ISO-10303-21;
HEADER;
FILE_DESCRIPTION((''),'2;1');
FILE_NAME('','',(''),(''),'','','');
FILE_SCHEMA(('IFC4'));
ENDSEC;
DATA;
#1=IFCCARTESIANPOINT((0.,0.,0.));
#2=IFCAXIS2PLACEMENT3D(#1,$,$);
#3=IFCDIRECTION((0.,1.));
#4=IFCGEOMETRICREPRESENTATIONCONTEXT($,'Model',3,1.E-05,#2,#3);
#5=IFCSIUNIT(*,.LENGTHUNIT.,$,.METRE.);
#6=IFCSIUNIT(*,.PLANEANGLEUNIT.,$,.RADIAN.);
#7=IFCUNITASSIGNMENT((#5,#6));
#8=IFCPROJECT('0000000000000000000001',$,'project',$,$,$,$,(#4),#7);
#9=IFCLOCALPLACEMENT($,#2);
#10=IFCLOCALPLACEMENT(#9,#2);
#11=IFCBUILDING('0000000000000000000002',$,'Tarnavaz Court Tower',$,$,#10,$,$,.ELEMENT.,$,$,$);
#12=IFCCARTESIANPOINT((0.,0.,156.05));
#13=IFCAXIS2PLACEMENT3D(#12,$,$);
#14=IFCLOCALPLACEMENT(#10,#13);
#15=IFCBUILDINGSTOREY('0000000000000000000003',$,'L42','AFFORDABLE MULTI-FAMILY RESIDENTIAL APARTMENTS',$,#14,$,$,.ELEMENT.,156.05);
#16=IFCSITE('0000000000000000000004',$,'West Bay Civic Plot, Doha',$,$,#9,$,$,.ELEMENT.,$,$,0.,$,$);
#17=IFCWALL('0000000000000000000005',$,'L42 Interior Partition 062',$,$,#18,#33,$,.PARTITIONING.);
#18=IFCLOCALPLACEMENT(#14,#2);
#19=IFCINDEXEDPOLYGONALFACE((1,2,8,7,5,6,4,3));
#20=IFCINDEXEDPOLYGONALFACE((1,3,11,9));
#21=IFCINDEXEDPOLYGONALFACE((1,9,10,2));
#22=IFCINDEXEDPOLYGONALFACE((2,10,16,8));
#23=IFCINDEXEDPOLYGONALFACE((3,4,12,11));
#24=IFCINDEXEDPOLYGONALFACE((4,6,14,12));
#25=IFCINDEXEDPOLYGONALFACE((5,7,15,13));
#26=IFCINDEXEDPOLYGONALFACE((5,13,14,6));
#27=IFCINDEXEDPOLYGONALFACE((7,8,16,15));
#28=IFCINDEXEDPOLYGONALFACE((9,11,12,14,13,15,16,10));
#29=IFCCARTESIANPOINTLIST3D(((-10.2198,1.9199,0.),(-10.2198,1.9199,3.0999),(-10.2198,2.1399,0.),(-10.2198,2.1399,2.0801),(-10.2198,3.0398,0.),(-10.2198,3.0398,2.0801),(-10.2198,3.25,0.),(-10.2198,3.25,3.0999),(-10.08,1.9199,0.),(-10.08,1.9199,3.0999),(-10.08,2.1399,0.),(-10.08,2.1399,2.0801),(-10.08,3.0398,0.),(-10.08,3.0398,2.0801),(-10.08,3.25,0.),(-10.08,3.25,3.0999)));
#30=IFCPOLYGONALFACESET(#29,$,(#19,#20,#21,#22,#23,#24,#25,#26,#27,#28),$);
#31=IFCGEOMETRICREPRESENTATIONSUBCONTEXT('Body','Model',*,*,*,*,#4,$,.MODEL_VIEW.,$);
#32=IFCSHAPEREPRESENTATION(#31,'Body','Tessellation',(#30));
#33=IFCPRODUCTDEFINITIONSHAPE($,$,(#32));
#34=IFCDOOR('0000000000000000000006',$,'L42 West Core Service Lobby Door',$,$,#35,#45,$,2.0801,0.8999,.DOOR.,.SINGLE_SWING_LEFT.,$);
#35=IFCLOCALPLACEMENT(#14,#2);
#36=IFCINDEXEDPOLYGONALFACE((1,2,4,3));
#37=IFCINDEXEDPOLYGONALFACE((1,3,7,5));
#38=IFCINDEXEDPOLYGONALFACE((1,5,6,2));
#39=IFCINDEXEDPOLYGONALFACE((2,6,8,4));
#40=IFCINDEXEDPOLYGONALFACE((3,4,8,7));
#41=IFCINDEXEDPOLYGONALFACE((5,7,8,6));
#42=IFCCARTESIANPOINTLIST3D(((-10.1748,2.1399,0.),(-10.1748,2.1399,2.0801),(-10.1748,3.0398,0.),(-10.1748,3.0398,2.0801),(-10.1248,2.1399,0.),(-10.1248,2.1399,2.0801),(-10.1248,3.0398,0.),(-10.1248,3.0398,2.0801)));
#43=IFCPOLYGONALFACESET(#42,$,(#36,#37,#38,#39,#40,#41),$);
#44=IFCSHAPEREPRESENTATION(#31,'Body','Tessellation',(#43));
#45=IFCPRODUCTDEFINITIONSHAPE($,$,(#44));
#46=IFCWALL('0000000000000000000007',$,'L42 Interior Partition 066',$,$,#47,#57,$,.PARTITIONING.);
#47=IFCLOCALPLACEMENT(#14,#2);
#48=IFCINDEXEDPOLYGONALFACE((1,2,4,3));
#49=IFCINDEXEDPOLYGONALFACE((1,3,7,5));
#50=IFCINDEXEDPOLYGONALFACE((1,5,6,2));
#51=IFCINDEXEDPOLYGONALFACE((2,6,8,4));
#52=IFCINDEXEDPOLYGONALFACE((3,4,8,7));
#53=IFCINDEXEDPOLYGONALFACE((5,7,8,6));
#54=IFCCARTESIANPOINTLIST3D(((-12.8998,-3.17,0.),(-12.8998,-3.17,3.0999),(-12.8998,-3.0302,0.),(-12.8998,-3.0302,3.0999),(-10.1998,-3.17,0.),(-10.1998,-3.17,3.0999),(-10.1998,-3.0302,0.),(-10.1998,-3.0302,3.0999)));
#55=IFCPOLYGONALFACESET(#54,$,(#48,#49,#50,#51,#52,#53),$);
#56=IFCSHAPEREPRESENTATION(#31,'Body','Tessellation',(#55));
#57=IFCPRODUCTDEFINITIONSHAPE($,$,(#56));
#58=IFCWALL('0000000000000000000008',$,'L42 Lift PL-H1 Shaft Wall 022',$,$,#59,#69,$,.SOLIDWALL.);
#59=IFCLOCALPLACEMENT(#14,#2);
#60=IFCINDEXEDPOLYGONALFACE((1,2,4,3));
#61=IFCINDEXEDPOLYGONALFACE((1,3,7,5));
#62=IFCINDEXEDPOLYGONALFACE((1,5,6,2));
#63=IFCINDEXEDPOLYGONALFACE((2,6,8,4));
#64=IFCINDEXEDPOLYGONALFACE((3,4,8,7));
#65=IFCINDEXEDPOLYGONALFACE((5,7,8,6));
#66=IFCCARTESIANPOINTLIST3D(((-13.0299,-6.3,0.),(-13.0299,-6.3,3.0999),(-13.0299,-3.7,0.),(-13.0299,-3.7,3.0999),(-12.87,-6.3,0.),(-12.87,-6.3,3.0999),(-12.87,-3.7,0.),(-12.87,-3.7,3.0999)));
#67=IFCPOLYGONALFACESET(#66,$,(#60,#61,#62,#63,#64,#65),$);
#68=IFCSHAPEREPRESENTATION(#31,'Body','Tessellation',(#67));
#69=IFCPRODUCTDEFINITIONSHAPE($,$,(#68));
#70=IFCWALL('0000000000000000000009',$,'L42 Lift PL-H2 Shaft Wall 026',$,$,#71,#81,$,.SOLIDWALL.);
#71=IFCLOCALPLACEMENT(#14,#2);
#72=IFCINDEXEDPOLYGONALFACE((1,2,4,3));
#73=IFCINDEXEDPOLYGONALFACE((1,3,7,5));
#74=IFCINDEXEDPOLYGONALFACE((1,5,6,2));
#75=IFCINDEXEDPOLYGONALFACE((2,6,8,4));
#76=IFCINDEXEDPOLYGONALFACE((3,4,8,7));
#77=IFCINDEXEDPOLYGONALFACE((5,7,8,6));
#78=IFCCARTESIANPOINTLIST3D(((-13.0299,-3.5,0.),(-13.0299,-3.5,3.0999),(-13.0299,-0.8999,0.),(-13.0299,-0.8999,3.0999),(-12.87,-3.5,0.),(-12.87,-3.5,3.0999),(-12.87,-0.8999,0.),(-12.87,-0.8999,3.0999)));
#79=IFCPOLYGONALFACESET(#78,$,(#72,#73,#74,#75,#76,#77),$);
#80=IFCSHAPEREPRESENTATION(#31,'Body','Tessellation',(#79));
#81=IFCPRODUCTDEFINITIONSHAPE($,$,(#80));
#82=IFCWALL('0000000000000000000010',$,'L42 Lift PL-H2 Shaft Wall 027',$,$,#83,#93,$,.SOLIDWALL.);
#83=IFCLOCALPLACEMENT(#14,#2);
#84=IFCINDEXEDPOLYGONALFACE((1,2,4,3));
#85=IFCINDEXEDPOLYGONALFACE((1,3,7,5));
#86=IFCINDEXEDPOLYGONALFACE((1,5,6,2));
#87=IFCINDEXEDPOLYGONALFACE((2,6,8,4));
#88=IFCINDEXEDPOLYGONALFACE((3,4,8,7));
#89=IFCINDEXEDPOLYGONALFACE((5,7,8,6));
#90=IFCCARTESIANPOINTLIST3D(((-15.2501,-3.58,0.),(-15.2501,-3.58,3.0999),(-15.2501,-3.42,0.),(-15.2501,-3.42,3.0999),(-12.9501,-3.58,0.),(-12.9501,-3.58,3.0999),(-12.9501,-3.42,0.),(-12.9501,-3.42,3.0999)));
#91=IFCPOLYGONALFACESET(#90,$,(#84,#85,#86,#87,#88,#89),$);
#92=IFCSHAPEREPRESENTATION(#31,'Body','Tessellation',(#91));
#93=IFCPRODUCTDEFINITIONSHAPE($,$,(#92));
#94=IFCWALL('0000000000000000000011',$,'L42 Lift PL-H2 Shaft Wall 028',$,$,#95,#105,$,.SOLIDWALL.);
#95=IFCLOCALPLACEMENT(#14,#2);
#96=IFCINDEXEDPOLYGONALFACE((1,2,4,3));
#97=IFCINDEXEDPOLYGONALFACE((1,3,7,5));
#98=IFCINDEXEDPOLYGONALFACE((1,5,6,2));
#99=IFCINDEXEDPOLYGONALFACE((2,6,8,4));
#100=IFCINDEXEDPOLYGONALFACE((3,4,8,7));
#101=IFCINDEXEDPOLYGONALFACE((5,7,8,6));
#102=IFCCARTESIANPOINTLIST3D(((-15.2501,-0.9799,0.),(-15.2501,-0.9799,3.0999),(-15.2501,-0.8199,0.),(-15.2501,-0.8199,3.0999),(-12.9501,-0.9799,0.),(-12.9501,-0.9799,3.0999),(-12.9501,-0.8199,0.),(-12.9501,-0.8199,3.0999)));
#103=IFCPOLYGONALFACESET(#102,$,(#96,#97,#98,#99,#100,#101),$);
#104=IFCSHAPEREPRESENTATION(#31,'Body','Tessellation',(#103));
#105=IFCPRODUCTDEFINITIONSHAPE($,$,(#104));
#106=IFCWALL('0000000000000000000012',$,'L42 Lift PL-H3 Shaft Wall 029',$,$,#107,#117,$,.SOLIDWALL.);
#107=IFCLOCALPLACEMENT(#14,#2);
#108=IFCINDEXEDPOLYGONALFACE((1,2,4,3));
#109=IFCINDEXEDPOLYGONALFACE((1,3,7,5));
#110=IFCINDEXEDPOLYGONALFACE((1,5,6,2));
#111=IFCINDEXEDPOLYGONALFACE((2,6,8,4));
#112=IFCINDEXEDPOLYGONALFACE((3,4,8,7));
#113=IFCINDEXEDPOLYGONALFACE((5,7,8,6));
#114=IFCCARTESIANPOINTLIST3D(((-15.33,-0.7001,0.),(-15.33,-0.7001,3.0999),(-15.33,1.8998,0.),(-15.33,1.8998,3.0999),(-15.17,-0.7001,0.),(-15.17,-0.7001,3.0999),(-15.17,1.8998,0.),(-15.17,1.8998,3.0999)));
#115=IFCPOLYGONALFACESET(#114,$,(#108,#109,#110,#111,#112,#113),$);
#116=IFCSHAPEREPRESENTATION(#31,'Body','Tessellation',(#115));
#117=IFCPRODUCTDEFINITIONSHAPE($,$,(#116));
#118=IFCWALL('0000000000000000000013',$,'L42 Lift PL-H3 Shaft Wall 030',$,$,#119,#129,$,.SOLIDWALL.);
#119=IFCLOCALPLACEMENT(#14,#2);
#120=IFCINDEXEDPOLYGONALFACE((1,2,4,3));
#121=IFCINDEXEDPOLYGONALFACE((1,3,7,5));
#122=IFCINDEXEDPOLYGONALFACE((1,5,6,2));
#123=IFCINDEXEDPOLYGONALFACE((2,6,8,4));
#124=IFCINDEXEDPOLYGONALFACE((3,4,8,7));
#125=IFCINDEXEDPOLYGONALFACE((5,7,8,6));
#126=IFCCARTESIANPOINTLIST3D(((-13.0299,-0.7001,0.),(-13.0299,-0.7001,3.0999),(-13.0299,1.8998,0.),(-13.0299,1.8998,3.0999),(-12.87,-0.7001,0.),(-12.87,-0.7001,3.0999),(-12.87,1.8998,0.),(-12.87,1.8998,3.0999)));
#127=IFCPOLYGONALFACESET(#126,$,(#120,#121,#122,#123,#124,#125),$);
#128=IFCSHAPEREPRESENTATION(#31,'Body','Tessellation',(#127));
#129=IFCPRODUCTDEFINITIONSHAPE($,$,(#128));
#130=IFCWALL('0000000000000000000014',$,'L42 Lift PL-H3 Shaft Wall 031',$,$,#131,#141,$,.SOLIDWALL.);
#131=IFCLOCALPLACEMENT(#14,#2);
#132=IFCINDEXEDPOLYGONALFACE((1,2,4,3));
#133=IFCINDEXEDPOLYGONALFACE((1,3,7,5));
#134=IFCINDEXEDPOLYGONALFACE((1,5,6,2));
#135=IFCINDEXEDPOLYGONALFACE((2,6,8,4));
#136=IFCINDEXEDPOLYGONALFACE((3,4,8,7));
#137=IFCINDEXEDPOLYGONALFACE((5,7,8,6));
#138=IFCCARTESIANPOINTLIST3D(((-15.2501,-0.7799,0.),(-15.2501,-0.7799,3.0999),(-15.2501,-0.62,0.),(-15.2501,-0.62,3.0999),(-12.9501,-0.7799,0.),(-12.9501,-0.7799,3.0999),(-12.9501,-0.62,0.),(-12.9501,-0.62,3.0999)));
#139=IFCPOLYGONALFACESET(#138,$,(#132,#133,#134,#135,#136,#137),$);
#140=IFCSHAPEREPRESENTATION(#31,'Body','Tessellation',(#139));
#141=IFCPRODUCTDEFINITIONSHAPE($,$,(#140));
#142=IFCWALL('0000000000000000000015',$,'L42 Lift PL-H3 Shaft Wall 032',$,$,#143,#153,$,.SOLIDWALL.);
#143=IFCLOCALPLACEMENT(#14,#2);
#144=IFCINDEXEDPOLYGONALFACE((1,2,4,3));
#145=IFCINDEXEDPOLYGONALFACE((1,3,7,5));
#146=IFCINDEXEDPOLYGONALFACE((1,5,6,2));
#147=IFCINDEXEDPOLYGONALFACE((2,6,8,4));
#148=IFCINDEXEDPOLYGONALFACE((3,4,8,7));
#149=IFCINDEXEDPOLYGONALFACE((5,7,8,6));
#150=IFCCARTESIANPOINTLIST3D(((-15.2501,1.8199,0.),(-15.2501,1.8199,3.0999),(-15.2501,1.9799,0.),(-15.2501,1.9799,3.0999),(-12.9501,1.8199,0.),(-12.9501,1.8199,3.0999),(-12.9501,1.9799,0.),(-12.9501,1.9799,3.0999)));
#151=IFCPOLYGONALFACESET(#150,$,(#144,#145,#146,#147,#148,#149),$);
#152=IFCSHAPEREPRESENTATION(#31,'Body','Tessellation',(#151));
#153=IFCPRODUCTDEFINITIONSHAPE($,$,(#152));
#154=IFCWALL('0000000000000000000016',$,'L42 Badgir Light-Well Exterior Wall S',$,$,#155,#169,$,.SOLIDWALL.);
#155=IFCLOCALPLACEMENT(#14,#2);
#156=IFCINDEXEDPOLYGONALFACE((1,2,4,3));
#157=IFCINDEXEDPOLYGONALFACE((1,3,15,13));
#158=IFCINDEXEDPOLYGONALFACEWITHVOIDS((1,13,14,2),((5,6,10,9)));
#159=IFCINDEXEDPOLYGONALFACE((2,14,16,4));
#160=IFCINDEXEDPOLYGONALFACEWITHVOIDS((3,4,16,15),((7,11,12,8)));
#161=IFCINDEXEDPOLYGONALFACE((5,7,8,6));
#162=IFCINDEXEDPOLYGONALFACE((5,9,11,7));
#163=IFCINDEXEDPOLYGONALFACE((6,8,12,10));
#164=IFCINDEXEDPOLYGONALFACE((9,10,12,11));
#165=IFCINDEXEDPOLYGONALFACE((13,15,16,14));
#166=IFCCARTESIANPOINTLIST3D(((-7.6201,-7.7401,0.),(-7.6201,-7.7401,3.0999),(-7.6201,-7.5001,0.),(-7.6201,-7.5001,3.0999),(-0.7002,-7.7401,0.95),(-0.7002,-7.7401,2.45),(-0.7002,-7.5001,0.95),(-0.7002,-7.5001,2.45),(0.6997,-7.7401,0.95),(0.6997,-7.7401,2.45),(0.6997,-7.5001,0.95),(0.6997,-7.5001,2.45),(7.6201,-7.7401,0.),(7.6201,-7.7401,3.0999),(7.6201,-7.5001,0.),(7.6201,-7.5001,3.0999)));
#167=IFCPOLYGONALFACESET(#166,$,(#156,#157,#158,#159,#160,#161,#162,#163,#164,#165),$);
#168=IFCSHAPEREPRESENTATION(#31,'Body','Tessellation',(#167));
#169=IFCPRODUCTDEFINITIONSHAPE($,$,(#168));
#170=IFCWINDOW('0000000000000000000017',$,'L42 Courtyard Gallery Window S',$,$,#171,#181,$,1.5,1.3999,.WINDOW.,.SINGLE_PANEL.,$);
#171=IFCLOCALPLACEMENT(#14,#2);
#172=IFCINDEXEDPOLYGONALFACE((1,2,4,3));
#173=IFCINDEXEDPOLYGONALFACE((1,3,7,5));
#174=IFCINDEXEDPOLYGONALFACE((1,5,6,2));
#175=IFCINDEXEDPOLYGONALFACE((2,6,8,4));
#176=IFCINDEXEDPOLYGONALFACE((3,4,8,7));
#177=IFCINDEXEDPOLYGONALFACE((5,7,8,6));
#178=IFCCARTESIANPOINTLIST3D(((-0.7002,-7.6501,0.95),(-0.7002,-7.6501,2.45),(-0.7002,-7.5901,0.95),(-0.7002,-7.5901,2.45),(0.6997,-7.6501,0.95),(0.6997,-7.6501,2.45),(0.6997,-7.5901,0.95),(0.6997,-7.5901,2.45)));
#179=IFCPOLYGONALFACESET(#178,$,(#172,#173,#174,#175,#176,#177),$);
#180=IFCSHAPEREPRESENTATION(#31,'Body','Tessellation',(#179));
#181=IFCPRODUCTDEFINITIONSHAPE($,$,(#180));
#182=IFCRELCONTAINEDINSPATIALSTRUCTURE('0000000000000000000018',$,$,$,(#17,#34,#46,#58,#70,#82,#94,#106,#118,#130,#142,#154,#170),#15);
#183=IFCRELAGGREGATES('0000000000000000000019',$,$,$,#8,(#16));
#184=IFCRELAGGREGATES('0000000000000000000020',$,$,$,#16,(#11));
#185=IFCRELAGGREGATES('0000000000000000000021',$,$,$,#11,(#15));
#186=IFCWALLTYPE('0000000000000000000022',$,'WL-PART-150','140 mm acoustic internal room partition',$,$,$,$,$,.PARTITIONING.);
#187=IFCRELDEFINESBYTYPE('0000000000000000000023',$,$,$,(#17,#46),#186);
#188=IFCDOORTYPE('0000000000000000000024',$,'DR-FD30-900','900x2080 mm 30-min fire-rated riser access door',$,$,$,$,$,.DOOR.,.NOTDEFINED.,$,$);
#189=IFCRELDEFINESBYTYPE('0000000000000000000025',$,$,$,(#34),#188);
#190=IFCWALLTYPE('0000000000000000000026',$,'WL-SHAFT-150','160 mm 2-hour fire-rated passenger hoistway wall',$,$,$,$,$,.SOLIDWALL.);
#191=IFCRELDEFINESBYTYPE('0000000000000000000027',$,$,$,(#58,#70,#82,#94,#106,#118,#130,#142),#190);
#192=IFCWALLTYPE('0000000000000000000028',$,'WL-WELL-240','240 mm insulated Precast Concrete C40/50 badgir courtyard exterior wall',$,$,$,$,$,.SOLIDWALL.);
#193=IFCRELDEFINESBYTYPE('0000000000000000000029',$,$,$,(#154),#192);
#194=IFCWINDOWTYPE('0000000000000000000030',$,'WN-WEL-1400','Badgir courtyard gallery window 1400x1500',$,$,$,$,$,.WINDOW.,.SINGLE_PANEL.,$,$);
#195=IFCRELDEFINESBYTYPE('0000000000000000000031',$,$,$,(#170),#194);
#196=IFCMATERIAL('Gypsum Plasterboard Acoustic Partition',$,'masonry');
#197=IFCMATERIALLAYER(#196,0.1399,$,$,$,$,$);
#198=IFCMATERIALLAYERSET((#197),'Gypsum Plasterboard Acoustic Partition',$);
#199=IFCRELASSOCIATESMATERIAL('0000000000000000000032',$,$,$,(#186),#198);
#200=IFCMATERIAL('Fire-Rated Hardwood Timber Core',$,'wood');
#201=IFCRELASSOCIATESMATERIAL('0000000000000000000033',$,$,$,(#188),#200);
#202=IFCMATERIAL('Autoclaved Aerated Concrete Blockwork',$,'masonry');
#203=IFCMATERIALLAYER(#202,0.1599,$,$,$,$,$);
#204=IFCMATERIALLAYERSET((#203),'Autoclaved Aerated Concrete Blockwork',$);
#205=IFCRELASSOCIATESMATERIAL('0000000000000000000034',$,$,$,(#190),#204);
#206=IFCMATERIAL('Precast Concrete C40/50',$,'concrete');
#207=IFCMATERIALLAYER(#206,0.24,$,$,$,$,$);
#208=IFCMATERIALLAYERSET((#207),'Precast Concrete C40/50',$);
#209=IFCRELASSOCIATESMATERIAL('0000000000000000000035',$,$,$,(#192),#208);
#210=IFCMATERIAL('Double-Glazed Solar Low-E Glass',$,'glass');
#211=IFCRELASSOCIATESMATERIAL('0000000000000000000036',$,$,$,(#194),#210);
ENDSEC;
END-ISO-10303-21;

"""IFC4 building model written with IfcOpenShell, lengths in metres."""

from ifc_helpers import new_model, si_unit, direction, frame, frame_2d, origin, place, context, subcontext, project, spatial, rectangle, extrude, material, layer, layer_set, type_object, element, fill, save


model = new_model("IFC4")

# Units and contexts
model_context = context("Model", 3, precision=1e-05, world=origin(), true_north=direction((0.0, 1.0)))
body_context = subcontext(model_context, "Body", "Model", "MODEL_VIEW")
ifc_project = project(units=[si_unit("LENGTHUNIT", "METRE"), si_unit("PLANEANGLEUNIT", "RADIAN")], contexts=[model_context])

# Site, building, storey
site_placement = place(None, origin())
site = spatial("IfcSite", under=ifc_project, at=site_placement, Name="West Bay Civic Plot, Doha", CompositionType="ELEMENT", RefElevation=0.0)
building_placement = place(site_placement, origin())
building = spatial("IfcBuilding", under=site, at=building_placement, Name="Tarnavaz Court Tower", CompositionType="ELEMENT")
storey_placement = place(building_placement, frame((0.0, 0.0, 156.05)))
storey = spatial("IfcBuildingStorey", under=building, at=storey_placement, Name="L42", Description="AFFORDABLE MULTI-FAMILY RESIDENTIAL APARTMENTS", CompositionType="ELEMENT", Elevation=156.05)

# Shared definitions
ifc_material_1 = material(Name="Gypsum Plasterboard Acoustic Partition", Category="masonry")
ifc_layer_1 = layer(ifc_material_1, 0.1399)
ifc_layer_set_1 = layer_set([ifc_layer_1], Name="Gypsum Plasterboard Acoustic Partition")
wall_type_1 = type_object("IfcWallType", Name="WL-PART-150", Description="140 mm acoustic internal room partition", PredefinedType="PARTITIONING", material=ifc_layer_set_1)

# Wall, opening, door
wall_1_placement = place(storey_placement, frame((-10.1499, 1.9199, 0.0), z_axis=(0.0, 0.0, 1.0), x_axis=(0.0, 1.0, 0.0)))
wall_1 = element("IfcWall", 1, at=wall_1_placement, inside=storey, type_object=wall_type_1, Name="L42 Interior Partition 062", PredefinedType="PARTITIONING", context=body_context, shape_type="SweptSolid", body=[
    extrude(rectangle(XDim=1.3301, YDim=0.1399, at=frame_2d((0.665, 0.0))), origin(), (0.0, 0.0, 1.0), 3.0999),
])
opening_1_placement = place(wall_1_placement, frame((0.22, 0.0, 0.0)))
opening_1 = element("IfcOpeningElement", 2, at=opening_1_placement, cuts=wall_1, PredefinedType="OPENING", context=body_context, shape_type="SweptSolid", body=[
    extrude(rectangle(XDim=0.8999, YDim=2.0801, at=frame_2d((0.45, 1.04))), frame((0.0, 0.0798, 0.0), z_axis=(0.0, -1.0, 0.0), x_axis=(1.0, 0.0, 0.0)), (0.0, 0.0, 1.0), 0.1599),
])
ifc_material_2 = material(Name="Fire-Rated Hardwood Timber Core", Category="wood")
door_type_1 = type_object("IfcDoorType", Name="DR-FD30-900", Description="900x2080 mm 30-min fire-rated riser access door", OperationType="NOTDEFINED", PredefinedType="DOOR", material=ifc_material_2)
door_1_placement = place(opening_1_placement, origin())
door_1 = element("IfcDoor", 3, at=door_1_placement, inside=storey, type_object=door_type_1, Name="L42 West Core Service Lobby Door", OperationType="SINGLE_SWING_LEFT", OverallHeight=2.0801, OverallWidth=0.8999, PredefinedType="DOOR", context=body_context, shape_type="SweptSolid", body=[
    extrude(rectangle(XDim=0.8999, YDim=2.0801, at=frame_2d((0.45, 1.04))), frame((0.0, 0.0249, 0.0), z_axis=(0.0, -1.0, 0.0), x_axis=(1.0, 0.0, 0.0)), (0.0, 0.0, 1.0), 0.05),
])
fill(opening_1, door_1)

# Walls
wall_2_placement = place(storey_placement, frame((-12.8999, -3.1001, 0.0), z_axis=(0.0, 0.0, 1.0), x_axis=(1.0, 0.0, 0.0)))
element("IfcWall", 4, at=wall_2_placement, inside=storey, type_object=wall_type_1, Name="L42 Interior Partition 066", PredefinedType="PARTITIONING", context=body_context, shape_type="SweptSolid", body=[
    extrude(rectangle(XDim=2.7, YDim=0.1399, at=frame_2d((1.3501, 0.0))), origin(), (0.0, 0.0, 1.0), 3.0999),
])
ifc_material_3 = material(Name="Autoclaved Aerated Concrete Blockwork", Category="masonry")
ifc_layer_2 = layer(ifc_material_3, 0.1599)
ifc_layer_set_2 = layer_set([ifc_layer_2], Name="Autoclaved Aerated Concrete Blockwork")
wall_type_2 = type_object("IfcWallType", Name="WL-SHAFT-150", Description="160 mm 2-hour fire-rated passenger hoistway wall", PredefinedType="SOLIDWALL", material=ifc_layer_set_2)
for number, where, z_axis, x_axis, name in (
    (5, (-12.95, -6.3, 0.0), (0.0, 0.0, 1.0), (0.0, 1.0, 0.0), "L42 Lift PL-H1 Shaft Wall 022"),
    (6, (-12.95, -3.5, 0.0), (0.0, 0.0, 1.0), (0.0, 1.0, 0.0), "L42 Lift PL-H2 Shaft Wall 026"),
):
    element("IfcWall", number, at=place(storey_placement, frame(where, z_axis=z_axis, x_axis=x_axis)), inside=storey, type_object=wall_type_2, Name=name, PredefinedType="SOLIDWALL", context=body_context, shape_type="SweptSolid", body=[
        extrude(rectangle(XDim=2.6001, YDim=0.1599, at=frame_2d((1.3, 0.0))), origin(), (0.0, 0.0, 1.0), 3.0999),
    ])
for number, where, z_axis, x_axis, name in (
    (7, (-15.25, -3.5, 0.0), (0.0, 0.0, 1.0), (1.0, 0.0, 0.0), "L42 Lift PL-H2 Shaft Wall 027"),
    (8, (-15.25, -0.8999, 0.0), (0.0, 0.0, 1.0), (1.0, 0.0, 0.0), "L42 Lift PL-H2 Shaft Wall 028"),
):
    element("IfcWall", number, at=place(storey_placement, frame(where, z_axis=z_axis, x_axis=x_axis)), inside=storey, type_object=wall_type_2, Name=name, PredefinedType="SOLIDWALL", context=body_context, shape_type="SweptSolid", body=[
        extrude(rectangle(XDim=2.3, YDim=0.1599, at=frame_2d((1.1499, 0.0))), origin(), (0.0, 0.0, 1.0), 3.0999),
    ])
for number, where, z_axis, x_axis, name in (
    (9, (-15.25, -0.7, 0.0), (0.0, 0.0, 1.0), (0.0, 1.0, 0.0), "L42 Lift PL-H3 Shaft Wall 029"),
    (10, (-12.95, -0.7, 0.0), (0.0, 0.0, 1.0), (0.0, 1.0, 0.0), "L42 Lift PL-H3 Shaft Wall 030"),
):
    element("IfcWall", number, at=place(storey_placement, frame(where, z_axis=z_axis, x_axis=x_axis)), inside=storey, type_object=wall_type_2, Name=name, PredefinedType="SOLIDWALL", context=body_context, shape_type="SweptSolid", body=[
        extrude(rectangle(XDim=2.5999, YDim=0.1599, at=frame_2d((1.2998, 0.0))), origin(), (0.0, 0.0, 1.0), 3.0999),
    ])
for number, where, z_axis, x_axis, name in (
    (11, (-15.25, -0.7, 0.0), (0.0, 0.0, 1.0), (1.0, 0.0, 0.0), "L42 Lift PL-H3 Shaft Wall 031"),
    (12, (-15.25, 1.8999, 0.0), (0.0, 0.0, 1.0), (1.0, 0.0, 0.0), "L42 Lift PL-H3 Shaft Wall 032"),
):
    element("IfcWall", number, at=place(storey_placement, frame(where, z_axis=z_axis, x_axis=x_axis)), inside=storey, type_object=wall_type_2, Name=name, PredefinedType="SOLIDWALL", context=body_context, shape_type="SweptSolid", body=[
        extrude(rectangle(XDim=2.3, YDim=0.1599, at=frame_2d((1.1499, 0.0))), origin(), (0.0, 0.0, 1.0), 3.0999),
    ])

# Wall, opening, window
ifc_material_4 = material(Name="Precast Concrete C40/50", Category="concrete")
ifc_layer_3 = layer(ifc_material_4, 0.24)
ifc_layer_set_3 = layer_set([ifc_layer_3], Name="Precast Concrete C40/50")
wall_type_3 = type_object("IfcWallType", Name="WL-WELL-240", Description="240 mm insulated Precast Concrete C40/50 badgir courtyard exterior wall", PredefinedType="SOLIDWALL", material=ifc_layer_set_3)
wall_3_placement = place(storey_placement, frame((-7.6201, -7.6201, 0.0), z_axis=(0.0, 0.0, 1.0), x_axis=(1.0, 0.0, 0.0)))
wall_3 = element("IfcWall", 13, at=wall_3_placement, inside=storey, type_object=wall_type_3, Name="L42 Badgir Light-Well Exterior Wall S", PredefinedType="SOLIDWALL", context=body_context, shape_type="SweptSolid", body=[
    extrude(rectangle(XDim=15.2402, YDim=0.24, at=frame_2d((7.6201, 0.0))), origin(), (0.0, 0.0, 1.0), 3.0999),
])
opening_2_placement = place(wall_3_placement, frame((6.9199, 0.0, 0.95)))
opening_2 = element("IfcOpeningElement", 14, at=opening_2_placement, cuts=wall_3, PredefinedType="OPENING", context=body_context, shape_type="SweptSolid", body=[
    extrude(rectangle(XDim=1.3999, YDim=1.5, at=frame_2d((0.7, 0.75))), frame((0.0, 0.1299, 0.0), z_axis=(0.0, -1.0, 0.0), x_axis=(1.0, 0.0, 0.0)), (0.0, 0.0, 1.0), 0.26),
])
ifc_material_5 = material(Name="Double-Glazed Solar Low-E Glass", Category="glass")
window_type = type_object("IfcWindowType", Name="WN-WEL-1400", Description="Badgir courtyard gallery window 1400x1500", PartitioningType="SINGLE_PANEL", PredefinedType="WINDOW", material=ifc_material_5)
window_placement = place(opening_2_placement, origin())
window = element("IfcWindow", 15, at=window_placement, inside=storey, type_object=window_type, Name="L42 Courtyard Gallery Window S", OverallHeight=1.5, OverallWidth=1.3999, PartitioningType="SINGLE_PANEL", PredefinedType="WINDOW", context=body_context, shape_type="SweptSolid", body=[
    extrude(rectangle(XDim=1.3999, YDim=1.5, at=frame_2d((0.7, 0.75))), frame((0.0, 0.03, 0.0), z_axis=(0.0, -1.0, 0.0), x_axis=(1.0, 0.0, 0.0)), (0.0, 0.0, 1.0), 0.0601),
])
fill(opening_2, window)

save(model, "model.ifc")
